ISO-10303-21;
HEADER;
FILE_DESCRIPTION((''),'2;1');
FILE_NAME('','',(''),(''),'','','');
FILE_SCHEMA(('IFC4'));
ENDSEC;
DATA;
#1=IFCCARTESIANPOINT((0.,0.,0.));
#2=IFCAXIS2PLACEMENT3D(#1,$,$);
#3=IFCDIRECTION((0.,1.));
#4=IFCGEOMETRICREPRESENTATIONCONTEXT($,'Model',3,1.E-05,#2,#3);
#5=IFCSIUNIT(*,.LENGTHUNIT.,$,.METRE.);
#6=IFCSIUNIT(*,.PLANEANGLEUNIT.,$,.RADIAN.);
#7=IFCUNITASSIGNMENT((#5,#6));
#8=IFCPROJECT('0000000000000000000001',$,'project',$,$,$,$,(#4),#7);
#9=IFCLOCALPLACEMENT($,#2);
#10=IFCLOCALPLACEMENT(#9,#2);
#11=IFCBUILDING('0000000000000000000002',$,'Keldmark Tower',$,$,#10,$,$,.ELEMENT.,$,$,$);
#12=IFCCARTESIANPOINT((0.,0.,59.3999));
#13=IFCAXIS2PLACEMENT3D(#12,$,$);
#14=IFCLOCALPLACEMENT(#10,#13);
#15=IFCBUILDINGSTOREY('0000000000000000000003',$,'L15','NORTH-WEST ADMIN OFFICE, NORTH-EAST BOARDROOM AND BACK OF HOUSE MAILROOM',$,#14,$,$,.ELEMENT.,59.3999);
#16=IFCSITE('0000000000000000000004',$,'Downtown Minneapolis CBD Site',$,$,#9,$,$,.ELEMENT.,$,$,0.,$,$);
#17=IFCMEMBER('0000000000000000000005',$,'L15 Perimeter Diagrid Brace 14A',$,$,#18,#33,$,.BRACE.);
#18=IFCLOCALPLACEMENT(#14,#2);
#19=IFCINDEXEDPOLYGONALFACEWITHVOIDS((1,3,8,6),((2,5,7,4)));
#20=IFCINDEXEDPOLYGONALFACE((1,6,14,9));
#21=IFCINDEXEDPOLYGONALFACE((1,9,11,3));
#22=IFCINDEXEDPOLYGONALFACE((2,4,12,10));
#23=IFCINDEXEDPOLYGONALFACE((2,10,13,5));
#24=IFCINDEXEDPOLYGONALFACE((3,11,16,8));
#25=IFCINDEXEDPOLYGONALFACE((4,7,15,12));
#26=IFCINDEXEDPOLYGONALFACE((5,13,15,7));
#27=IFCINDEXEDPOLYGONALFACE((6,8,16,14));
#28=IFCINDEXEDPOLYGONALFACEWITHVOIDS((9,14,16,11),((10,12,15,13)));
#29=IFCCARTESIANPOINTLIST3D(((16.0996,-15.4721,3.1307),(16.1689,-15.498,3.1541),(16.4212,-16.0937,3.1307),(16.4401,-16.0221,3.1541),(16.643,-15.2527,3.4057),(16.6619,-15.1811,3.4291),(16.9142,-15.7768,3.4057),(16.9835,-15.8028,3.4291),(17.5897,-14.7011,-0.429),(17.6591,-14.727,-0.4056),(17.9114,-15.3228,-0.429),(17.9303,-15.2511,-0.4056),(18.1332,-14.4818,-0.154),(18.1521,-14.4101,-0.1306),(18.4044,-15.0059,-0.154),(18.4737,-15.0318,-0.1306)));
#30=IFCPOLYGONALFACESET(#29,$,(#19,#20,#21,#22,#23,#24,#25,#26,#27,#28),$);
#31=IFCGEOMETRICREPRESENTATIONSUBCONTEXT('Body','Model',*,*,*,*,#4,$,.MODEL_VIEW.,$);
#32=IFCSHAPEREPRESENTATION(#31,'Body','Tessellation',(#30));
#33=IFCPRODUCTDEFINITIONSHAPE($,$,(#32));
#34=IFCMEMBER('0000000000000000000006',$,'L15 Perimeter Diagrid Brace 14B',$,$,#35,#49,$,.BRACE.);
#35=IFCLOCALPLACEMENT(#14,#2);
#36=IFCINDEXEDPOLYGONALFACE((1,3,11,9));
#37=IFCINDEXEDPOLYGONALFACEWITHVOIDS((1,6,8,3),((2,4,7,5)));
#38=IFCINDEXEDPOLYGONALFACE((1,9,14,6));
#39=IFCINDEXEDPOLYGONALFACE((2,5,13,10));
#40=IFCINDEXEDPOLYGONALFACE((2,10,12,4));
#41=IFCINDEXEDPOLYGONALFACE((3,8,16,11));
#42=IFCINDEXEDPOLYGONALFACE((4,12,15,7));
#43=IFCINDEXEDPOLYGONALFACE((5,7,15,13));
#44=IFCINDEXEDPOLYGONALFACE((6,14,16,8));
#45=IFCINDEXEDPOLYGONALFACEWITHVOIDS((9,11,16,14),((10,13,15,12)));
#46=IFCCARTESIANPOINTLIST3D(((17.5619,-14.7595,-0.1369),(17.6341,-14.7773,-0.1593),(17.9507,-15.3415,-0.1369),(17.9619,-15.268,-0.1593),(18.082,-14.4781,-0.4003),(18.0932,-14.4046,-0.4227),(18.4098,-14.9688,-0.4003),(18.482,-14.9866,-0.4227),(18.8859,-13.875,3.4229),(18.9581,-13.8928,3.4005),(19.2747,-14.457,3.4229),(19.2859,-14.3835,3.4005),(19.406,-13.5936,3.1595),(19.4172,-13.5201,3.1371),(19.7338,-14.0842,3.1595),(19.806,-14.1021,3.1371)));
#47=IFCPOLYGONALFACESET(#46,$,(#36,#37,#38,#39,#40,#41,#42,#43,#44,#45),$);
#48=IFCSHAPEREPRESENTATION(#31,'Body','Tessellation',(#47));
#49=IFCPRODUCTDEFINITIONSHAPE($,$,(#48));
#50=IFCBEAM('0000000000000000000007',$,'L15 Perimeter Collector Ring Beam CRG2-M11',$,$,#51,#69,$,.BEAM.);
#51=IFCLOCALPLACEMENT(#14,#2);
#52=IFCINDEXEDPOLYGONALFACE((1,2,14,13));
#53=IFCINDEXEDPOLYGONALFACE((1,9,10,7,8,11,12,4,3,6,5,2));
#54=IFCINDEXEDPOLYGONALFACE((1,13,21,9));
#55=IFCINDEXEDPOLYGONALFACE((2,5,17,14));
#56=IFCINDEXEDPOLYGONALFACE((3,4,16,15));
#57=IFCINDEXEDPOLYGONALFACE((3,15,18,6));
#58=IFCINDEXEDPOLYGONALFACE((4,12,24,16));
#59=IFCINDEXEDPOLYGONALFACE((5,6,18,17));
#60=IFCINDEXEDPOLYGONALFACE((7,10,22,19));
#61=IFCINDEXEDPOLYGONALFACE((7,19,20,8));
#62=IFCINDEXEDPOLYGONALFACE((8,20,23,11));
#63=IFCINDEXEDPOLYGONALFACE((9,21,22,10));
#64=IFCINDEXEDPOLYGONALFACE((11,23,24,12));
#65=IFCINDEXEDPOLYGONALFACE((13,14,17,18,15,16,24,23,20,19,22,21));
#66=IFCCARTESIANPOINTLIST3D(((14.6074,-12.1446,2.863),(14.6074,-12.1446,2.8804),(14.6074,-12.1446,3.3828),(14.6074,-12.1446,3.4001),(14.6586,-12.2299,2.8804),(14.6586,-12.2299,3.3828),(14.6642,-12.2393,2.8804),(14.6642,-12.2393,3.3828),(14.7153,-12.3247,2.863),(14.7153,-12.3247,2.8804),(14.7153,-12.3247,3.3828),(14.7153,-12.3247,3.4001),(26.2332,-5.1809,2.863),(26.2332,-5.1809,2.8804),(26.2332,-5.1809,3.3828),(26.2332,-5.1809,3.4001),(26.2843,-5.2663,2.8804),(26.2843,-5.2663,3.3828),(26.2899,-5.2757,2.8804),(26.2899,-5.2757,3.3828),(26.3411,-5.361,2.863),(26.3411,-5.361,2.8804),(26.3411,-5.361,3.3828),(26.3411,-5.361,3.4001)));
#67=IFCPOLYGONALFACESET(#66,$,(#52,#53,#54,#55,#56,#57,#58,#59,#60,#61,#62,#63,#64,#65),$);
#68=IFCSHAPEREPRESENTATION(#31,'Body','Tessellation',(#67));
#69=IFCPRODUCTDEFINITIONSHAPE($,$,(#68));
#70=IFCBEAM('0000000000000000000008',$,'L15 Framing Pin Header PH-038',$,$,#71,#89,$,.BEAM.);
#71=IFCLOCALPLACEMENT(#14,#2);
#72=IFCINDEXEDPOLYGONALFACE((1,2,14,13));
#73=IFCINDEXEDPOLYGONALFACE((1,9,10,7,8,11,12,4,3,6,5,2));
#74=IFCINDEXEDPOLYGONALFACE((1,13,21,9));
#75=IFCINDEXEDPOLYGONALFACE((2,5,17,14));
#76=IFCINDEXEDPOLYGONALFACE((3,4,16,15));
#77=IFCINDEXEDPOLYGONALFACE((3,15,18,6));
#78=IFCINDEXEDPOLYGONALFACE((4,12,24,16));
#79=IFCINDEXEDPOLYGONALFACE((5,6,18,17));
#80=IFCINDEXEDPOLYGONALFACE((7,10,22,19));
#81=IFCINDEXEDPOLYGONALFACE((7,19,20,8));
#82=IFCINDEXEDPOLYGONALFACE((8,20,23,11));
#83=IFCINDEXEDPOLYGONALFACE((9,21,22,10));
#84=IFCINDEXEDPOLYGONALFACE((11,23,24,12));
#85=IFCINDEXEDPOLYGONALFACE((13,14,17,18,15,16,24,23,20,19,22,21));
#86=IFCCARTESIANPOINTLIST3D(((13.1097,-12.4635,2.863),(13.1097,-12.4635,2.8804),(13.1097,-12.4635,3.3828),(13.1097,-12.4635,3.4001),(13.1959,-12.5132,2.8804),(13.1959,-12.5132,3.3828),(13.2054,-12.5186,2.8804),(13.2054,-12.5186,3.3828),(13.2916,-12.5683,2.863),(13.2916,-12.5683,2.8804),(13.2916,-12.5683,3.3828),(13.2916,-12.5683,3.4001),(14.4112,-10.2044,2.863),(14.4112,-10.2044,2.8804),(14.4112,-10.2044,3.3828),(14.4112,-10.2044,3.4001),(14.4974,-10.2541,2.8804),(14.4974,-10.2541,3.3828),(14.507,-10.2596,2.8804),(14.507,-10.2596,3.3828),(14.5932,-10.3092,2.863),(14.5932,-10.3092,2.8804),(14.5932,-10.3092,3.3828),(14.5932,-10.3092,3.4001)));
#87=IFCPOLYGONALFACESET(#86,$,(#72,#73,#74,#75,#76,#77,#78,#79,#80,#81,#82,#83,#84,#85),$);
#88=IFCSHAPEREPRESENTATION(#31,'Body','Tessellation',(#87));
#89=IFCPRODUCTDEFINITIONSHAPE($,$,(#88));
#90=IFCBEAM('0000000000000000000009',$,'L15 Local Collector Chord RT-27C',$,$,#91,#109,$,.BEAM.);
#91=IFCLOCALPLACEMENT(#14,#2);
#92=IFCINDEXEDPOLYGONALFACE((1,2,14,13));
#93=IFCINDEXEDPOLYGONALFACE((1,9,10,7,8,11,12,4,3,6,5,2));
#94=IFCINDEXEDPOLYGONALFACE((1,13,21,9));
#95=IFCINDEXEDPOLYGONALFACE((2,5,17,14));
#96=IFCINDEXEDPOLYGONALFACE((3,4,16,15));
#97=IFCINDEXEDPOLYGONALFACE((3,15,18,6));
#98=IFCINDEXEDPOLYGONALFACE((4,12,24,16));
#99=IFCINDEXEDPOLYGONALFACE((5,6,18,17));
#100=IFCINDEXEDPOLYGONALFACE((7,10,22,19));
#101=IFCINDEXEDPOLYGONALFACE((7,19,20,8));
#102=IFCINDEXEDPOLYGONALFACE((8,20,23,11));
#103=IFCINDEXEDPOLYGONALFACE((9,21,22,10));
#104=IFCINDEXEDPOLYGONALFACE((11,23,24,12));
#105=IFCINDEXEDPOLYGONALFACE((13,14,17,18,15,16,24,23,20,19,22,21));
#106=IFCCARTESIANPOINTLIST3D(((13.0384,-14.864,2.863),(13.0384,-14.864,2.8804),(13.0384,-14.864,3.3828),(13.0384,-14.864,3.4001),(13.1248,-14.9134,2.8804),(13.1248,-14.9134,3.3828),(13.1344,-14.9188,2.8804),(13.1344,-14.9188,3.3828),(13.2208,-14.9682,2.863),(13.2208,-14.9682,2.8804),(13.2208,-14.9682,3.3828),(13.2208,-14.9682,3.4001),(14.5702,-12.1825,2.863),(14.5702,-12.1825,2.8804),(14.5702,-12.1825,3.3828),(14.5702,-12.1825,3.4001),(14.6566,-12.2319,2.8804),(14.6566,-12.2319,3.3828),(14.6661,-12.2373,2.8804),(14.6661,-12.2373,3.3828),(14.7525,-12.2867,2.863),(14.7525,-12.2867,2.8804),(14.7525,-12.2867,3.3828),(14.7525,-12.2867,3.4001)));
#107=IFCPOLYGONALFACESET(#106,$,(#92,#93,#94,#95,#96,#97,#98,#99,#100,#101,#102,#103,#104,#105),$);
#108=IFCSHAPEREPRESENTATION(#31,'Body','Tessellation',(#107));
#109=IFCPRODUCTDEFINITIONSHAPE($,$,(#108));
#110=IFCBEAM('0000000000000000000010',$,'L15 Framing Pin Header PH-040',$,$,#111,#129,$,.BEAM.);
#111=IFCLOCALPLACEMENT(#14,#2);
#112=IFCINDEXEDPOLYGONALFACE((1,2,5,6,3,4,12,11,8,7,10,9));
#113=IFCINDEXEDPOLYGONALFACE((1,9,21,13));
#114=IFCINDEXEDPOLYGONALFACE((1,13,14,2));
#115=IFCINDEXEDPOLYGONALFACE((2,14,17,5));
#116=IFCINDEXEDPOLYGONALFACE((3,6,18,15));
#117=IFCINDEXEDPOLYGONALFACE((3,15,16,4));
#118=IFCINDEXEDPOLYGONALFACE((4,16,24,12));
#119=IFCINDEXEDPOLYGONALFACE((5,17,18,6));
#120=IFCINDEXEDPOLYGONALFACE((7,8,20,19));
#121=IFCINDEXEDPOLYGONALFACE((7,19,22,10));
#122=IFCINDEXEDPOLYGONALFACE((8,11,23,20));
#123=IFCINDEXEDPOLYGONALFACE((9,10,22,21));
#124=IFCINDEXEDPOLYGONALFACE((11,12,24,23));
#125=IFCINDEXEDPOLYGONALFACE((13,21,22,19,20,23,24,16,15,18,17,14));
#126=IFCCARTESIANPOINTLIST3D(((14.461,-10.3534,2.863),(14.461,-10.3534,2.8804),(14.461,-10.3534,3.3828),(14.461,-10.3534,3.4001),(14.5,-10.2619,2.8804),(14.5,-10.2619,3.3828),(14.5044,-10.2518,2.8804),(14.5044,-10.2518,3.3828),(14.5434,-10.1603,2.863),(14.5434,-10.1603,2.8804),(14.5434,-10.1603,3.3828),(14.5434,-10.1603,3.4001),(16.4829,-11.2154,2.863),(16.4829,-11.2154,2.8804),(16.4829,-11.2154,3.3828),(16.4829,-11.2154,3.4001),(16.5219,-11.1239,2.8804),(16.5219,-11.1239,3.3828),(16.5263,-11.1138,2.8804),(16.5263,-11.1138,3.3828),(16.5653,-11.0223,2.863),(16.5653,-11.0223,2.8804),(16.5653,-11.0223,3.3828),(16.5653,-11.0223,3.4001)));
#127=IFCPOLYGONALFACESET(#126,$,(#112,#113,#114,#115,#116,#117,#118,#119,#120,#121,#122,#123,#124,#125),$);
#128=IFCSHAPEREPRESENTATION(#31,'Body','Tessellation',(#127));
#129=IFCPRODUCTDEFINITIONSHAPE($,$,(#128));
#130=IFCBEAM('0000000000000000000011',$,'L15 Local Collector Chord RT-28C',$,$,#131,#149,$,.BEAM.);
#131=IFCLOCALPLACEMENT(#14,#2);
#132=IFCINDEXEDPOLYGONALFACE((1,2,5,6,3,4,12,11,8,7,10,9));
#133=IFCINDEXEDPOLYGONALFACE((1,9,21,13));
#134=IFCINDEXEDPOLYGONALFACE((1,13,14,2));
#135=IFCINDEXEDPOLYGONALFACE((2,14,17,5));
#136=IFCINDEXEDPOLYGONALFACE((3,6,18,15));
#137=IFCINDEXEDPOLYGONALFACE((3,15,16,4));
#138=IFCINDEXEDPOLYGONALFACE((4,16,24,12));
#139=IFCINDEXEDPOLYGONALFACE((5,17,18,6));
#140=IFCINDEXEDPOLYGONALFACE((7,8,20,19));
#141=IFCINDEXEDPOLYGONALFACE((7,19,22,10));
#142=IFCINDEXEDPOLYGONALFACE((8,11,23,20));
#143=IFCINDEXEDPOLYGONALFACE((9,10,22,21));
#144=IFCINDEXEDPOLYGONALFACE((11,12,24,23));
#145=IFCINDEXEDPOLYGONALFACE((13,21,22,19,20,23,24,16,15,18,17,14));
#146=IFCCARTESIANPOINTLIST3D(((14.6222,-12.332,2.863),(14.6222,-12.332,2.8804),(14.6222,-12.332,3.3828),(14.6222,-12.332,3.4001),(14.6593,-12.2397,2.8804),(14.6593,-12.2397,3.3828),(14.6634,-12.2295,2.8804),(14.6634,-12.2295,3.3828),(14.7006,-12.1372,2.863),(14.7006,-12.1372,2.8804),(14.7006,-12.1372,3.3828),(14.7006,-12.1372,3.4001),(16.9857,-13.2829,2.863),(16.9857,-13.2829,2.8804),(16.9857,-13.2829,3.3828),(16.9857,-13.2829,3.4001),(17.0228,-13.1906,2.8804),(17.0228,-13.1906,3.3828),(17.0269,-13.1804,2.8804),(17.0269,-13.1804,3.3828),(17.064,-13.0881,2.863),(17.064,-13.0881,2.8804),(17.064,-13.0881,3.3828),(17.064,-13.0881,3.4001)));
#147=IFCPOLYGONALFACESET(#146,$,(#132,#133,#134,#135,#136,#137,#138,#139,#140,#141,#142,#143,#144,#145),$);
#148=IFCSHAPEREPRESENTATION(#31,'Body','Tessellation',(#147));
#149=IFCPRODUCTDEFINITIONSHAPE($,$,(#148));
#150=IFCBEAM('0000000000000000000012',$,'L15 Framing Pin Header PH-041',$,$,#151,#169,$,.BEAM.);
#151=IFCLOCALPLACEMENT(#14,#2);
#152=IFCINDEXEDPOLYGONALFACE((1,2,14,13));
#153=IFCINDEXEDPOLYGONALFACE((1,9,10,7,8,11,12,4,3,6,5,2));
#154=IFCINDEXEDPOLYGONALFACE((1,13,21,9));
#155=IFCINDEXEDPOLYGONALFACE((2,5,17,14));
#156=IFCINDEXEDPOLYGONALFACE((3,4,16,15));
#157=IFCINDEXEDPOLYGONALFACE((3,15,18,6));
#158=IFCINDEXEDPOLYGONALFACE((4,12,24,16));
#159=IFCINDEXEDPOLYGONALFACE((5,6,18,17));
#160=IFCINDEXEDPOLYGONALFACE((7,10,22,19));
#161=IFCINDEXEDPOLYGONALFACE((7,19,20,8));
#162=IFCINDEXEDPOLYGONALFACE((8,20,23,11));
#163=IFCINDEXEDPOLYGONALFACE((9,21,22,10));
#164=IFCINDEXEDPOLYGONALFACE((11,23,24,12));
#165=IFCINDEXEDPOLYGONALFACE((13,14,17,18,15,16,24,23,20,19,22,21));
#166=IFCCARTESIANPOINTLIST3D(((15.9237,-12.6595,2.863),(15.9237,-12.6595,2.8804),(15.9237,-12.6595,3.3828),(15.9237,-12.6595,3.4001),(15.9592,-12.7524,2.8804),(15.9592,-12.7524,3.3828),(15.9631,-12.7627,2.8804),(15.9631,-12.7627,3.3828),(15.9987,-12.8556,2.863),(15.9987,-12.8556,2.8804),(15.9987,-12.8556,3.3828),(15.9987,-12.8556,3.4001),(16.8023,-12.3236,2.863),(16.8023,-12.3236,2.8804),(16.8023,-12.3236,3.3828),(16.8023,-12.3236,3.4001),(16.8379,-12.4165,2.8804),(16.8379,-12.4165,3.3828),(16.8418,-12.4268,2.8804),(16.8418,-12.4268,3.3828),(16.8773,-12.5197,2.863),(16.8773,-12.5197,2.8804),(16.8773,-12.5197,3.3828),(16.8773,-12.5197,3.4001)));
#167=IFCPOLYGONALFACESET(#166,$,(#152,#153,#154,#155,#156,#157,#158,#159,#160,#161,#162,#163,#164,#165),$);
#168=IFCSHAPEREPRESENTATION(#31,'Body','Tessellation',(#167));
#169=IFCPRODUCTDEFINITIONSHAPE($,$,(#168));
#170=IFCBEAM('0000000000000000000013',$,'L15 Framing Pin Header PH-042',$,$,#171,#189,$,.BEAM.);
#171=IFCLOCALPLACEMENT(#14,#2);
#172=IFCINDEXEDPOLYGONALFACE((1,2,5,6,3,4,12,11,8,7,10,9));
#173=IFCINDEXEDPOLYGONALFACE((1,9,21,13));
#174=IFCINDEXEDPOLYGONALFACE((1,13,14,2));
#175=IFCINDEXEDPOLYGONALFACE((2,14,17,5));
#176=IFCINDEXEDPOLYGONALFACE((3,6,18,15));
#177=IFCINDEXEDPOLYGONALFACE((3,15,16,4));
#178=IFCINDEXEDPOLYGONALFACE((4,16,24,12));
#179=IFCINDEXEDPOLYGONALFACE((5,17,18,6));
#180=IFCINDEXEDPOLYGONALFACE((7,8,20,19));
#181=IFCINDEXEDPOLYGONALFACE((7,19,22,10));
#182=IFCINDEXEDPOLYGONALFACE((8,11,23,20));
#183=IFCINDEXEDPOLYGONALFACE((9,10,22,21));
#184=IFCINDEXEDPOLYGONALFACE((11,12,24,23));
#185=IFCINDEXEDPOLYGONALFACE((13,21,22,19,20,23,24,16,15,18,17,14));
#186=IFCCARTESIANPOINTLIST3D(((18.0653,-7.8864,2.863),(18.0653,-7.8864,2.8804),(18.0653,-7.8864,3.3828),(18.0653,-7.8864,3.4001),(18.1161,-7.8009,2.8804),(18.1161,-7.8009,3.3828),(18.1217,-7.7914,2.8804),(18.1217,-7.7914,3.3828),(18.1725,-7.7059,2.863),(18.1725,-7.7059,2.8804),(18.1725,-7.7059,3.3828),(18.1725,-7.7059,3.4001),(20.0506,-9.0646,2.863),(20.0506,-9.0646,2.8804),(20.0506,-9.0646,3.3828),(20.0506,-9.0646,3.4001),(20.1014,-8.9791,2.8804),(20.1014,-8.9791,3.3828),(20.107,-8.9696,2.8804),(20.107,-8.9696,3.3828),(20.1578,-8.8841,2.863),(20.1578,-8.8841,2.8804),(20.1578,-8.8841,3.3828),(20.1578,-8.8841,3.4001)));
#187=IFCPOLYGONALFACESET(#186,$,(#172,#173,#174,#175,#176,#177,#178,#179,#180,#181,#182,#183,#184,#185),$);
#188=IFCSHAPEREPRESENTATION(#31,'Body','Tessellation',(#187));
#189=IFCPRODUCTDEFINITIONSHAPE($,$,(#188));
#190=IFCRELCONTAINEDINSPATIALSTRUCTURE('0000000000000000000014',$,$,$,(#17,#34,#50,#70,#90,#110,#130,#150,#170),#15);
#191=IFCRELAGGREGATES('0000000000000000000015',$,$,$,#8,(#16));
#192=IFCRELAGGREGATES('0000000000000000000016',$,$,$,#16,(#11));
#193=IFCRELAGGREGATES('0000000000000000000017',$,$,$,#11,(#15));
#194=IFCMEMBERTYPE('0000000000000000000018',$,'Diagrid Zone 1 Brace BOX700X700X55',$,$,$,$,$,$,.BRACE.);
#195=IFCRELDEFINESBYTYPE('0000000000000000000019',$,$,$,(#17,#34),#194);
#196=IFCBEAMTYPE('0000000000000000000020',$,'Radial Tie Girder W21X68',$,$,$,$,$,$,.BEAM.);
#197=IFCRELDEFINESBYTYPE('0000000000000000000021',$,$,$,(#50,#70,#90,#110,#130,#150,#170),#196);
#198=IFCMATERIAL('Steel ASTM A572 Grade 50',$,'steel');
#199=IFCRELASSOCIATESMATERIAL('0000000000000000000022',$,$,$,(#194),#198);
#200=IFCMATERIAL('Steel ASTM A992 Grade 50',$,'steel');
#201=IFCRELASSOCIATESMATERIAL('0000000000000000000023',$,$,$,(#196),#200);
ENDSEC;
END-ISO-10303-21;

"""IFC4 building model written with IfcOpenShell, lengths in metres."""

from ifc_helpers import new_model, si_unit, direction, frame, origin, origin_2d, place, context, subcontext, project, spatial, hollow_rectangle, i_section, extrude, material, material_profile, profile_set, type_object, element, save


model = new_model("IFC4")

# Units and contexts
model_context = context("Model", 3, precision=1e-05, world=origin(), true_north=direction((0.0, 1.0)))
body_context = subcontext(model_context, "Body", "Model", "MODEL_VIEW")
ifc_project = project(units=[si_unit("LENGTHUNIT", "METRE"), si_unit("PLANEANGLEUNIT", "RADIAN")], contexts=[model_context])

# Site, building, storey
site_placement = place(None, origin())
site = spatial("IfcSite", under=ifc_project, at=site_placement, Name="Downtown Minneapolis CBD Site", CompositionType="ELEMENT", RefElevation=0.0)
building_placement = place(site_placement, origin())
building = spatial("IfcBuilding", under=site, at=building_placement, Name="Keldmark Tower", CompositionType="ELEMENT")
storey_placement = place(building_placement, frame((0.0, 0.0, 59.3999)))
storey = spatial("IfcBuildingStorey", under=building, at=storey_placement, Name="L15", Description="NORTH-WEST ADMIN OFFICE, NORTH-EAST BOARDROOM AND BACK OF HOUSE MAILROOM", CompositionType="ELEMENT", Elevation=59.3999)

# Members
ifc_material_1 = material(Name="Steel ASTM A572 Grade 50", Category="steel")
ifc_material_profile_1 = material_profile(ifc_material_1, hollow_rectangle(XDim=0.7, YDim=0.7, WallThickness=0.0549, at=origin_2d()), Name="BOX700X700X55")
ifc_profile_set_1 = profile_set([ifc_material_profile_1], Name="Steel ASTM A572 Grade 50")
member_type = type_object("IfcMemberType", Name="Diagrid Zone 1 Brace BOX700X700X55", PredefinedType="BRACE", material=ifc_profile_set_1)
member_1_placement = place(storey_placement, frame((18.0317, -14.8665, -0.2798), z_axis=(-0.378672, -0.195912, 0.904558), x_axis=(0.45951, -0.888173, 0.0)))
element("IfcMember", 1, at=member_1_placement, inside=storey, type_object=member_type, Name="L15 Perimeter Diagrid Brace 14A", PredefinedType="BRACE", context=body_context, shape_type="SweptSolid", body=[
    extrude(hollow_rectangle(XDim=0.7, YDim=0.7, WallThickness=0.0549, at=origin_2d()), origin(), (0.0, 0.0, 1.0), 3.9353),
])
member_2_placement = place(storey_placement, frame((18.022, -14.873, -0.2798), z_axis=(0.339508, 0.226819, 0.912846), x_axis=(-0.555514, 0.831507, 0.0)))
element("IfcMember", 2, at=member_2_placement, inside=storey, type_object=member_type, Name="L15 Perimeter Diagrid Brace 14B", PredefinedType="BRACE", context=body_context, shape_type="SweptSolid", body=[
    extrude(hollow_rectangle(XDim=0.7, YDim=0.7, WallThickness=0.0549, at=origin_2d()), origin(), (0.0, 0.0, 1.0), 3.8997),
])

# Beams
ifc_material_2 = material(Name="Steel ASTM A992 Grade 50", Category="steel")
ifc_material_profile_2 = material_profile(ifc_material_2, i_section(OverallWidth=0.21, OverallDepth=0.5371, WebThickness=0.011, FlangeThickness=0.0173, at=origin_2d()), Name="W21X68")
ifc_profile_set_2 = profile_set([ifc_material_profile_2], Name="Steel ASTM A992 Grade 50")
beam_type_1 = type_object("IfcBeamType", Name="Radial Tie Girder W21X68", PredefinedType="BEAM", material=ifc_profile_set_2)
beam_1_placement = place(storey_placement, frame((14.6614, -12.2346, 3.1316), z_axis=(0.857877, 0.513854, 0.0), x_axis=(-0.513854, 0.857877, 0.0)))
element("IfcBeam", 3, at=beam_1_placement, inside=storey, type_object=beam_type_1, Name="L15 Perimeter Collector Ring Beam CRG2-M11", PredefinedType="BEAM", context=body_context, shape_type="SweptSolid", body=[
    extrude(i_section(OverallWidth=0.21, OverallDepth=0.5371, WebThickness=0.011, FlangeThickness=0.0173, at=origin_2d()), origin(), (0.0, 0.0, 1.0), 13.5518),
])
beam_2_placement = place(storey_placement, frame((14.5022, -10.2568, 3.1316), z_axis=(-0.499212, -0.86648, 0.0), x_axis=(0.86648, -0.499212, 0.0)))
element("IfcBeam", 4, at=beam_2_placement, inside=storey, type_object=beam_type_1, Name="L15 Framing Pin Header PH-038", PredefinedType="BEAM", context=body_context, shape_type="SweptSolid", body=[
    extrude(i_section(OverallWidth=0.21, OverallDepth=0.5371, WebThickness=0.011, FlangeThickness=0.0173, at=origin_2d()), origin(), (0.0, 0.0, 1.0), 2.6072),
])
beam_3_placement = place(storey_placement, frame((14.6614, -12.2346, 3.1316), z_axis=(-0.49602, -0.868311, 0.0), x_axis=(0.868311, -0.49602, 0.0)))
element("IfcBeam", 5, at=beam_3_placement, inside=storey, type_object=beam_type_1, Name="L15 Local Collector Chord RT-27C", PredefinedType="BEAM", context=body_context, shape_type="SweptSolid", body=[
    extrude(i_section(OverallWidth=0.21, OverallDepth=0.5371, WebThickness=0.011, FlangeThickness=0.0173, at=origin_2d()), origin(), (0.0, 0.0, 1.0), 3.0881),
])
beam_4_placement = place(storey_placement, frame((14.5022, -10.2568, 3.1316), z_axis=(0.919885, -0.392189, 0.0), x_axis=(0.392189, 0.919885, 0.0)))
element("IfcBeam", 6, at=beam_4_placement, inside=storey, type_object=beam_type_1, Name="L15 Framing Pin Header PH-040", PredefinedType="BEAM", context=body_context, shape_type="SweptSolid", body=[
    extrude(i_section(OverallWidth=0.21, OverallDepth=0.5371, WebThickness=0.011, FlangeThickness=0.0173, at=origin_2d()), origin(), (0.0, 0.0, 1.0), 2.198),
])
beam_5_placement = place(storey_placement, frame((14.6614, -12.2346, 3.1316), z_axis=(0.927728, -0.373257, 0.0), x_axis=(0.373257, 0.927728, 0.0)))
element("IfcBeam", 7, at=beam_5_placement, inside=storey, type_object=beam_type_1, Name="L15 Local Collector Chord RT-28C", PredefinedType="BEAM", context=body_context, shape_type="SweptSolid", body=[
    extrude(i_section(OverallWidth=0.21, OverallDepth=0.5371, WebThickness=0.011, FlangeThickness=0.0173, at=origin_2d()), origin(), (0.0, 0.0, 1.0), 2.5476),
])
beam_6_placement = place(storey_placement, frame((15.9612, -12.7576, 3.1316), z_axis=(0.934059, 0.357117, 0.0), x_axis=(-0.357117, 0.934059, 0.0)))
element("IfcBeam", 8, at=beam_6_placement, inside=storey, type_object=beam_type_1, Name="L15 Framing Pin Header PH-041", PredefinedType="BEAM", context=body_context, shape_type="SweptSolid", body=[
    extrude(i_section(OverallWidth=0.21, OverallDepth=0.5371, WebThickness=0.011, FlangeThickness=0.0173, at=origin_2d()), origin(), (0.0, 0.0, 1.0), 0.9407),
])
beam_7_placement = place(storey_placement, frame((18.1189, -7.7961, 3.1316), z_axis=(0.859965, -0.510353, 0.0), x_axis=(0.510353, 0.859965, 0.0)))
element("IfcBeam", 9, at=beam_7_placement, inside=storey, type_object=beam_type_1, Name="L15 Framing Pin Header PH-042", PredefinedType="BEAM", context=body_context, shape_type="SweptSolid", body=[
    extrude(i_section(OverallWidth=0.21, OverallDepth=0.5371, WebThickness=0.011, FlangeThickness=0.0173, at=origin_2d()), origin(), (0.0, 0.0, 1.0), 2.3086),
])

save(model, "model.ifc")
